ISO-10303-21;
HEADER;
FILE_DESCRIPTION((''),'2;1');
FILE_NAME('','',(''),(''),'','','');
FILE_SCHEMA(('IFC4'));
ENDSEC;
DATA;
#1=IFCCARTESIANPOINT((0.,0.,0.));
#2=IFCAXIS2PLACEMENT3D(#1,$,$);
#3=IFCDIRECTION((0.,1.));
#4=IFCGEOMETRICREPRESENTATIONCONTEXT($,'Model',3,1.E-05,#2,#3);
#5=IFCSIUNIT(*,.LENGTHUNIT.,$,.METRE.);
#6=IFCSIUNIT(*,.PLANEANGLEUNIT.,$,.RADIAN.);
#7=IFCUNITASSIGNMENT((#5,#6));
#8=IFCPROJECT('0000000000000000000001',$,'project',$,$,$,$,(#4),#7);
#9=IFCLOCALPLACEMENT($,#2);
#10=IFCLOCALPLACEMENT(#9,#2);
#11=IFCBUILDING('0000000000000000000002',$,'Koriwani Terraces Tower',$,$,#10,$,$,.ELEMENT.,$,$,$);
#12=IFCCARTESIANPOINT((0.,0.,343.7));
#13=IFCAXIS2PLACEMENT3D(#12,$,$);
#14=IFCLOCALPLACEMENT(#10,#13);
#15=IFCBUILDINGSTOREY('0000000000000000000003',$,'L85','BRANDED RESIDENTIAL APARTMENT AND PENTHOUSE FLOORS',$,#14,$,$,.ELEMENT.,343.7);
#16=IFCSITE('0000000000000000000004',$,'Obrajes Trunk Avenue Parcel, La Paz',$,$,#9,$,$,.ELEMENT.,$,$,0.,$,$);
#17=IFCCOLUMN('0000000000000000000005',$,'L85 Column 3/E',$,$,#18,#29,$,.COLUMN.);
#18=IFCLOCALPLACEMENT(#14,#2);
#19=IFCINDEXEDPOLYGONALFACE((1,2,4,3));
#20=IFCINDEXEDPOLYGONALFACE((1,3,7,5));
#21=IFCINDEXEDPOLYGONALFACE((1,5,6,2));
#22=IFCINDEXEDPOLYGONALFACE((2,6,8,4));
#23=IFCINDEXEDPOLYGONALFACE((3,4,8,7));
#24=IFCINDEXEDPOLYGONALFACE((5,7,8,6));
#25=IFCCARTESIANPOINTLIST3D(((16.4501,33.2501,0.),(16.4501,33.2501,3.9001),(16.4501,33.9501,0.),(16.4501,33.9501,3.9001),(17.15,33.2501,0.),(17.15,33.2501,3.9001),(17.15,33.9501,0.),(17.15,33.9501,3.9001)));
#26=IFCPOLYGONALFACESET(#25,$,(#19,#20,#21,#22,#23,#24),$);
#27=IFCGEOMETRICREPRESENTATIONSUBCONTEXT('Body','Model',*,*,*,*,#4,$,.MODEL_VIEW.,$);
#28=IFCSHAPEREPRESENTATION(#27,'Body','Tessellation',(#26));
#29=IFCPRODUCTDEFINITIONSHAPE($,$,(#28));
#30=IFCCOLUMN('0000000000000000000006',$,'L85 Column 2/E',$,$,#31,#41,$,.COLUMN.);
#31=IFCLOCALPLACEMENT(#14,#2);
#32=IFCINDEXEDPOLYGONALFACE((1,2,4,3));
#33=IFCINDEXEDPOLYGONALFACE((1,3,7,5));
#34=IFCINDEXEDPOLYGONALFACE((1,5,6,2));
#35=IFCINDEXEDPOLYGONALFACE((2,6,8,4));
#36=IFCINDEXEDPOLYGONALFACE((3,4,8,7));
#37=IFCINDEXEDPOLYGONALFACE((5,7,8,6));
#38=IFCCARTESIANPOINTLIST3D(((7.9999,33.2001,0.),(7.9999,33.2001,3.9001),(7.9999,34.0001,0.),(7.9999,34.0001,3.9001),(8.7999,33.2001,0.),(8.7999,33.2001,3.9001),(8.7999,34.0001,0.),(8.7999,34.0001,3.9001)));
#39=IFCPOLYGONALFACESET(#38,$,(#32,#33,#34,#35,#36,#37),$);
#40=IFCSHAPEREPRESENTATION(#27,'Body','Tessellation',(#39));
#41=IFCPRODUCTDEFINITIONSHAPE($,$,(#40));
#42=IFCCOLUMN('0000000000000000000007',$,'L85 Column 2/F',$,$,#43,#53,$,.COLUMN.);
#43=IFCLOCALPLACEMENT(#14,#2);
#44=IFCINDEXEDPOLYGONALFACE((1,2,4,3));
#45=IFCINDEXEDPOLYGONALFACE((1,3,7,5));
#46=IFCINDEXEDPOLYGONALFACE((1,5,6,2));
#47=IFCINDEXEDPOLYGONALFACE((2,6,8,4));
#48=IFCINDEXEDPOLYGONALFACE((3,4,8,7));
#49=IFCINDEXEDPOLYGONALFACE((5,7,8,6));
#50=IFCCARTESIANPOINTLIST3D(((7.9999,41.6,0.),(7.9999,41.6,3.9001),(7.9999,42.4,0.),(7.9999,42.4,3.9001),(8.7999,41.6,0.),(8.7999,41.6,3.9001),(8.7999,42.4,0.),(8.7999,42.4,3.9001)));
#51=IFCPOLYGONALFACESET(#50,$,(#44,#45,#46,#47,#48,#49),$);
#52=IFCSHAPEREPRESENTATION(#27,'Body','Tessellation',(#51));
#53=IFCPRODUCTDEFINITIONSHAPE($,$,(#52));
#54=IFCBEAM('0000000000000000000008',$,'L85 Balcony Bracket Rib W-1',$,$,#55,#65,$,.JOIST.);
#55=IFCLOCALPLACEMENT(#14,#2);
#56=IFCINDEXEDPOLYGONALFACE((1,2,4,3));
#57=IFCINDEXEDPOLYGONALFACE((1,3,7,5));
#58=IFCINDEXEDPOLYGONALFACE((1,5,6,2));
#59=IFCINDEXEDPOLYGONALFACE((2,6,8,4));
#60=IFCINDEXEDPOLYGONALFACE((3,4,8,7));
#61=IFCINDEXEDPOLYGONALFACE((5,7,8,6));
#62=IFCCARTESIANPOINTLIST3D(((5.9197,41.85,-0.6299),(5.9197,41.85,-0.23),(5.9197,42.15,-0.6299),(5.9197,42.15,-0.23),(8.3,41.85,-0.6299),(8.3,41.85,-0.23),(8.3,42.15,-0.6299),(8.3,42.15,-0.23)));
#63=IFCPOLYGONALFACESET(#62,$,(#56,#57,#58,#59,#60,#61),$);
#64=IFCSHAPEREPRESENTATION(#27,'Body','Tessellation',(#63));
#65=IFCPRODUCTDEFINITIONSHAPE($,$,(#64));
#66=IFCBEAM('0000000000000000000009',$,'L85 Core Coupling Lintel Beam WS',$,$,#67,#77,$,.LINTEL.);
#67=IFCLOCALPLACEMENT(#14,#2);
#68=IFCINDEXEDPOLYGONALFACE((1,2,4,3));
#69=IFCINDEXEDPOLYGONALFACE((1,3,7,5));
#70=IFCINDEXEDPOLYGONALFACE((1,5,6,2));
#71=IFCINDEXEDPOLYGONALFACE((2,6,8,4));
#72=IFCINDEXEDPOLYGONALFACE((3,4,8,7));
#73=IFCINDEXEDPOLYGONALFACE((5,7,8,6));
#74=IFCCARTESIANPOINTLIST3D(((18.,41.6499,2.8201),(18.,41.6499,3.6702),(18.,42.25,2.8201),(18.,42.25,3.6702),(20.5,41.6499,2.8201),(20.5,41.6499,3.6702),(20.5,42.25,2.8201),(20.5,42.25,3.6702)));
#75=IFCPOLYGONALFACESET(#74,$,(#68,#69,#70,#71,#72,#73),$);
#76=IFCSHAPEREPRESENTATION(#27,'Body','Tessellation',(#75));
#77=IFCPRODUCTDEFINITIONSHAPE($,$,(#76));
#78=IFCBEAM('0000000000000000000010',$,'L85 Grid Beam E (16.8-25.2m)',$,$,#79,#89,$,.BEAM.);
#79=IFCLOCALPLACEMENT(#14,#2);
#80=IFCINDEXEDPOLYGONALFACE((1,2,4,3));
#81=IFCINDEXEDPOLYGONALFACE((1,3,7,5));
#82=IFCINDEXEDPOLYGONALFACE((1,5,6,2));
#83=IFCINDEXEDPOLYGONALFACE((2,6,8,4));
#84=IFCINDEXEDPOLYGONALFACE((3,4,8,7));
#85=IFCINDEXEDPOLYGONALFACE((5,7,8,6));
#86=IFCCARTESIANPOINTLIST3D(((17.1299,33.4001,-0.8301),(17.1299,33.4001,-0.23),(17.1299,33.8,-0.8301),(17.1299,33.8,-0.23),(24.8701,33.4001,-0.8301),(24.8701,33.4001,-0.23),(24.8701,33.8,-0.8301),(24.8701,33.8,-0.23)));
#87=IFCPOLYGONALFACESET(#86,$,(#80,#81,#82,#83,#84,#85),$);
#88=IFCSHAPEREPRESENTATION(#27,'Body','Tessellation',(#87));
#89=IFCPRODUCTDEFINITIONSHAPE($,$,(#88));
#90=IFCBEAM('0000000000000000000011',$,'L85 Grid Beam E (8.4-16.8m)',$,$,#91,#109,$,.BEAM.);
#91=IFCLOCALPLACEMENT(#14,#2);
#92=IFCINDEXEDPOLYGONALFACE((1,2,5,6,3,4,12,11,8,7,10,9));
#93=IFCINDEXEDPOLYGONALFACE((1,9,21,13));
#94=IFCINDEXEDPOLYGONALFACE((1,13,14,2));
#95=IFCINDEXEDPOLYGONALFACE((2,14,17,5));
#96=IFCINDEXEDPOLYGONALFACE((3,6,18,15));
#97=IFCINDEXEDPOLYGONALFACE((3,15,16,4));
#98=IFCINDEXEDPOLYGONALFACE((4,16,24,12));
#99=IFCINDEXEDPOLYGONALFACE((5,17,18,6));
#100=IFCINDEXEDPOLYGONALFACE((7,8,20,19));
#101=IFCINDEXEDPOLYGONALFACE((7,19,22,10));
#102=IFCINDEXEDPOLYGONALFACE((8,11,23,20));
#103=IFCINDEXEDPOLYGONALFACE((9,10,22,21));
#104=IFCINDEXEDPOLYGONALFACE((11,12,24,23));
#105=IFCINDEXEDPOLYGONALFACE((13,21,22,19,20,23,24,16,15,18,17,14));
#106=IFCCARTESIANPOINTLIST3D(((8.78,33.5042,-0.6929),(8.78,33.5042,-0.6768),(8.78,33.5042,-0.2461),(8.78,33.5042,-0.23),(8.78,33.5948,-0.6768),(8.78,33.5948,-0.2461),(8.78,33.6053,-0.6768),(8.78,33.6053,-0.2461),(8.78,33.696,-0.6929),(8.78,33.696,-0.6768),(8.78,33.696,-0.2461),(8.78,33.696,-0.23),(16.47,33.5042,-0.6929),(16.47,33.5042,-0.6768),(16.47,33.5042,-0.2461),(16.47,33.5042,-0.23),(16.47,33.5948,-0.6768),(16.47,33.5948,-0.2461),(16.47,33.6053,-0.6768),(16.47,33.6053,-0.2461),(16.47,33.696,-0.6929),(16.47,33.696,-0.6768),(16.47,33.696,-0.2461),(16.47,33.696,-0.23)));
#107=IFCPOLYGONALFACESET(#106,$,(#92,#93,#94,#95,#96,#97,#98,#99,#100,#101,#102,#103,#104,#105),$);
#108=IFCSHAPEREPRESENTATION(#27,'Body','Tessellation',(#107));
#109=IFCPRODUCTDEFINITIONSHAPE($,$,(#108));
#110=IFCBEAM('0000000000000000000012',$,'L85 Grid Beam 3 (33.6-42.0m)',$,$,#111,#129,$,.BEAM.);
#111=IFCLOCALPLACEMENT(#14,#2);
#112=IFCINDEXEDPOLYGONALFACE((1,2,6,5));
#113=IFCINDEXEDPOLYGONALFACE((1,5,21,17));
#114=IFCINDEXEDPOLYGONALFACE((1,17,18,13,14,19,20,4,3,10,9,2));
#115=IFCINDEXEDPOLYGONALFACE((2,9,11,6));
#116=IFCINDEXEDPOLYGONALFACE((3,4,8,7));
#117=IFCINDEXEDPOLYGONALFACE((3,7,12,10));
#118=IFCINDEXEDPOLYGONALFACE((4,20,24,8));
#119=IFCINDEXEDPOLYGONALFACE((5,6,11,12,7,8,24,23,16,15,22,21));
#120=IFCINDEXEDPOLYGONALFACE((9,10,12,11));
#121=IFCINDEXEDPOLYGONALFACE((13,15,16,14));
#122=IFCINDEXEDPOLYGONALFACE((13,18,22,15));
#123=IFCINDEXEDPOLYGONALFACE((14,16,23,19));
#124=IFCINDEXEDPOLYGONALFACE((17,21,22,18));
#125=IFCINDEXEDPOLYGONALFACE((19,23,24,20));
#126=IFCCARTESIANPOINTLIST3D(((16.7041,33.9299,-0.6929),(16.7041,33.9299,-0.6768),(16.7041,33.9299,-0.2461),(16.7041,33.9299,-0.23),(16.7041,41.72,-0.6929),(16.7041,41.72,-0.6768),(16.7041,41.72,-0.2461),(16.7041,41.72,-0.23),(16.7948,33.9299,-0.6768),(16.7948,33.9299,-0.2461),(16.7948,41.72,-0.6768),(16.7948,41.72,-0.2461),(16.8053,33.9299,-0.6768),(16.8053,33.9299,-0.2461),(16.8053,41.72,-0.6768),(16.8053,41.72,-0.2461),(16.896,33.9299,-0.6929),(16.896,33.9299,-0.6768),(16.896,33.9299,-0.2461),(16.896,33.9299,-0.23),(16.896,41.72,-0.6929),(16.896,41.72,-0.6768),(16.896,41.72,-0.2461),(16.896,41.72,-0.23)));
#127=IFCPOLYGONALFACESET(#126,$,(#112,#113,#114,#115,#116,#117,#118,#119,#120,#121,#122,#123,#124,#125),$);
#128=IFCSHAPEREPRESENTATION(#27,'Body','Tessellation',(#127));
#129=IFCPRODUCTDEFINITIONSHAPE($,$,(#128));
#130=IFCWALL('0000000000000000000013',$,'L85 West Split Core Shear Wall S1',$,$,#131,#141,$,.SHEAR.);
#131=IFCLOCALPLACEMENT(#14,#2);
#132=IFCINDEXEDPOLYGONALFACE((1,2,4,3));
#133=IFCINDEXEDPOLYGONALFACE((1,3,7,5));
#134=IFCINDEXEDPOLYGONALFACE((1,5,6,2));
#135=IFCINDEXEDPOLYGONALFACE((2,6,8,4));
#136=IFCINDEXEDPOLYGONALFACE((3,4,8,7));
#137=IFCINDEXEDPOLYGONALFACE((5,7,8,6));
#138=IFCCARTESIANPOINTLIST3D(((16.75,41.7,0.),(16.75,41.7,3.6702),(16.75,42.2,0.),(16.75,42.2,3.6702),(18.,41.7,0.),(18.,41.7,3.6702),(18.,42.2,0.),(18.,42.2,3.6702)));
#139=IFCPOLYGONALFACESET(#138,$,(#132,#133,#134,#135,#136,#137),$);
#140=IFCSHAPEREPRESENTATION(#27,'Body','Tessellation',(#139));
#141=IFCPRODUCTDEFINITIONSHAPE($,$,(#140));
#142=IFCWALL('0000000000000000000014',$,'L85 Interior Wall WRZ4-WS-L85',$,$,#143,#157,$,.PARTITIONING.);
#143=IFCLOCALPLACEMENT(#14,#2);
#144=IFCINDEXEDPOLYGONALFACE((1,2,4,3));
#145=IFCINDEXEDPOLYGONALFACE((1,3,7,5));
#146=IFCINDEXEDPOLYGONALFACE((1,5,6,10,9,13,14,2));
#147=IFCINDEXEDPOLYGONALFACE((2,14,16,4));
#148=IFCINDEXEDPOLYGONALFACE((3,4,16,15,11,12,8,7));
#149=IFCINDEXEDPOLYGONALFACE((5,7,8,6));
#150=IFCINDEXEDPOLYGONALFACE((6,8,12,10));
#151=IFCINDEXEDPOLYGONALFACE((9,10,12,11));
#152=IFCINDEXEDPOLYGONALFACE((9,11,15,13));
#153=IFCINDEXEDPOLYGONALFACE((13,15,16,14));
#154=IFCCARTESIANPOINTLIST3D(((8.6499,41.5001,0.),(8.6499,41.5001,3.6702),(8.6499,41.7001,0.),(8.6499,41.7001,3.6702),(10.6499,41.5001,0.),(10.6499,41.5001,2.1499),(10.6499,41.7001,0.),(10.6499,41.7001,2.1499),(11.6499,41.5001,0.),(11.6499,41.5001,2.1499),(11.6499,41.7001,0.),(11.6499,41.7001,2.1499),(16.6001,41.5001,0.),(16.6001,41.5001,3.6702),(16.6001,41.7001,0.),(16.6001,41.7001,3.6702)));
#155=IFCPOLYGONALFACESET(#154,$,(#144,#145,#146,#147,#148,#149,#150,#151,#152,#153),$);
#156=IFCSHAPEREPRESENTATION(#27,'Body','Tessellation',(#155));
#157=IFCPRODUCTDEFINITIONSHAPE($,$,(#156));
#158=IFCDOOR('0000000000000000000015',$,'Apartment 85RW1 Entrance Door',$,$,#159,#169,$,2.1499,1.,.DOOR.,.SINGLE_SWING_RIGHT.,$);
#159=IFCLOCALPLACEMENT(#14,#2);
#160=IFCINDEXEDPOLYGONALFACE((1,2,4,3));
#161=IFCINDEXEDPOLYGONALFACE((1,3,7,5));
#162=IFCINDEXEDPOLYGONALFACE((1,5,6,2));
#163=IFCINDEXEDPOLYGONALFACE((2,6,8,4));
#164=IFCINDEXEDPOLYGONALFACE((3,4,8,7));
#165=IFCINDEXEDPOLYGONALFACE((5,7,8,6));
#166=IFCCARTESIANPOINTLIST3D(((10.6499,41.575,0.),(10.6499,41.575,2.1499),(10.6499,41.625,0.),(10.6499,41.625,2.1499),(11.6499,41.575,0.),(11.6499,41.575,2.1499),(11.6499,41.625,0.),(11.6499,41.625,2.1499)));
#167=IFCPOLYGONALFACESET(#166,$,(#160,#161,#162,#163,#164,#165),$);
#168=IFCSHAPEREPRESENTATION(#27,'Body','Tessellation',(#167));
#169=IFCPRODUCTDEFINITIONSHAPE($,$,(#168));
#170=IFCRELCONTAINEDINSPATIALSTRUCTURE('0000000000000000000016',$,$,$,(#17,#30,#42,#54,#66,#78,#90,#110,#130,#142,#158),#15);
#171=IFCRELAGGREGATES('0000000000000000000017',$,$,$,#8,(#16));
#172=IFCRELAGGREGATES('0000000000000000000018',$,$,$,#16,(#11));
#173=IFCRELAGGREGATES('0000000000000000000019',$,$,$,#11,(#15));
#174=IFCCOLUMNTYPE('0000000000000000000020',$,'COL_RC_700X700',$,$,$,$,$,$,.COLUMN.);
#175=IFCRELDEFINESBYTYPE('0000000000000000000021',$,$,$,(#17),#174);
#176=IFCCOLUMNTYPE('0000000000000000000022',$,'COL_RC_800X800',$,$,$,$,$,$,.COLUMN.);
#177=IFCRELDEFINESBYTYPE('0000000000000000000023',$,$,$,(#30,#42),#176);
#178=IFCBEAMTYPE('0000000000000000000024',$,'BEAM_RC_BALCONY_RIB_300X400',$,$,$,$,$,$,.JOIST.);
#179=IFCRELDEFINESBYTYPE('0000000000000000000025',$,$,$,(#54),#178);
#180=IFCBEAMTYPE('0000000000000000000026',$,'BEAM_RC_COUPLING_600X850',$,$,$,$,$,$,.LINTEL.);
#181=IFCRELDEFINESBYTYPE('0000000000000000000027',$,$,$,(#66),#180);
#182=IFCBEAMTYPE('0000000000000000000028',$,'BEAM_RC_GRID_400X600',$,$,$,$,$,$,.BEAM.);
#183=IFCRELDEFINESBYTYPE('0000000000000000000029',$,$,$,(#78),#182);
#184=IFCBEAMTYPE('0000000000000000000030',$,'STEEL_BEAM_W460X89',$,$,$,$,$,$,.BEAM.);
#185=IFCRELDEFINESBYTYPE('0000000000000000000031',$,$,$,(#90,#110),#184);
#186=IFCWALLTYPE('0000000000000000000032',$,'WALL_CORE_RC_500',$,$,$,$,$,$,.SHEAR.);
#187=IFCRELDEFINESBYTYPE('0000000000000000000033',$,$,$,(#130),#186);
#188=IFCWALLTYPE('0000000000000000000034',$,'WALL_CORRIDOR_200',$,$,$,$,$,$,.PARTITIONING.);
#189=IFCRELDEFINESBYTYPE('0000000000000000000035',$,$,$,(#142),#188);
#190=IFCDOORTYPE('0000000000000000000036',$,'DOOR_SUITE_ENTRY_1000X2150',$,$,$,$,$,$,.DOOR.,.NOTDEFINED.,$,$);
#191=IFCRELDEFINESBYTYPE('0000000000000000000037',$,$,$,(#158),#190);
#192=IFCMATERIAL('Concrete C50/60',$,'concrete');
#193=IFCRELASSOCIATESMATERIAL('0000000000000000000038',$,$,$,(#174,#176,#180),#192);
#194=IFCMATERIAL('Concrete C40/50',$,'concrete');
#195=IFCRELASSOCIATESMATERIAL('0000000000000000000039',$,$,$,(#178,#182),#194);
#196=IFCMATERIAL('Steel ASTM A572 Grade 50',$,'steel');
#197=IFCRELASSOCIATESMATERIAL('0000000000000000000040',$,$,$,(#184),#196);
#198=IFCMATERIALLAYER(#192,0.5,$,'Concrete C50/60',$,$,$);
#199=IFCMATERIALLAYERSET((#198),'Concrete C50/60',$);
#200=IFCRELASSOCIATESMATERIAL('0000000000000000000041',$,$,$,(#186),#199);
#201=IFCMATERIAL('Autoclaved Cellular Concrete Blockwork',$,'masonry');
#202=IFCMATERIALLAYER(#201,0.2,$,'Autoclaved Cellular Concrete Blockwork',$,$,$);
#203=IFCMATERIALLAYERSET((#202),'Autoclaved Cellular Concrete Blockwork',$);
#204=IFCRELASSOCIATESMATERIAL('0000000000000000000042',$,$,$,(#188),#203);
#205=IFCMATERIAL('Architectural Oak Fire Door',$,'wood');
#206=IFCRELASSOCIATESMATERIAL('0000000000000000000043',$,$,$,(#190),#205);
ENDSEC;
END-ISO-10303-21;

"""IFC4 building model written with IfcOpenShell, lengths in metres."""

from ifc_helpers import new_model, si_unit, direction, frame, frame_2d, origin, origin_2d, place, context, subcontext, project, spatial, rectangle, i_section, extrude, material, layer, layer_set, material_profile, profile_set, type_object, element, fill, save


model = new_model("IFC4")

# Units and contexts
model_context = context("Model", 3, precision=1e-05, world=origin(), true_north=direction((0.0, 1.0)))
body_context = subcontext(model_context, "Body", "Model", "MODEL_VIEW")
ifc_project = project(units=[si_unit("LENGTHUNIT", "METRE"), si_unit("PLANEANGLEUNIT", "RADIAN")], contexts=[model_context])

# Site, building, storey
site_placement = place(None, origin())
site = spatial("IfcSite", under=ifc_project, at=site_placement, Name="Obrajes Trunk Avenue Parcel, La Paz", CompositionType="ELEMENT", RefElevation=0.0)
building_placement = place(site_placement, origin())
building = spatial("IfcBuilding", under=site, at=building_placement, Name="Koriwani Terraces Tower", CompositionType="ELEMENT")
storey_placement = place(building_placement, frame((0.0, 0.0, 343.7)))
storey = spatial("IfcBuildingStorey", under=building, at=storey_placement, Name="L85", Description="BRANDED RESIDENTIAL APARTMENT AND PENTHOUSE FLOORS", CompositionType="ELEMENT", Elevation=343.7)

# Columns
ifc_material_1 = material(Name="Concrete C50/60", Category="concrete")
ifc_material_profile_1 = material_profile(ifc_material_1, rectangle(XDim=0.7, YDim=0.7, at=origin_2d()), Name="Concrete C50/60", Category="LoadBearing")
ifc_profile_set_1 = profile_set([ifc_material_profile_1], Name="Concrete C50/60")
column_type_1 = type_object("IfcColumnType", Name="COL_RC_700X700", PredefinedType="COLUMN", material=ifc_profile_set_1)
column_placement = place(storey_placement, frame((16.8, 33.6001, 0.0), z_axis=(0.0, 0.0, 1.0), x_axis=(1.0, 0.0, 0.0)))
element("IfcColumn", 1, at=column_placement, inside=storey, type_object=column_type_1, Name="L85 Column 3/E", PredefinedType="COLUMN", context=body_context, shape_type="SweptSolid", body=[
    extrude(rectangle(XDim=0.7, YDim=0.7, at=origin_2d()), origin(), (0.0, 0.0, 1.0), 3.9001),
])
ifc_material_profile_2 = material_profile(ifc_material_1, rectangle(XDim=0.8, YDim=0.8, at=origin_2d()), Name="Concrete C50/60", Category="LoadBearing")
ifc_profile_set_2 = profile_set([ifc_material_profile_2], Name="Concrete C50/60")
column_type_2 = type_object("IfcColumnType", Name="COL_RC_800X800", PredefinedType="COLUMN", material=ifc_profile_set_2)
for number, where, z_axis, x_axis, name in (
    (2, (8.3999, 33.6001, 0.0), (0.0, 0.0, 1.0), (1.0, 0.0, 0.0), "L85 Column 2/E"),
    (3, (8.3999, 42.0, 0.0), (0.0, 0.0, 1.0), (1.0, 0.0, 0.0), "L85 Column 2/F"),
):
    element("IfcColumn", number, at=place(storey_placement, frame(where, z_axis=z_axis, x_axis=x_axis)), inside=storey, type_object=column_type_2, Name=name, PredefinedType="COLUMN", context=body_context, shape_type="SweptSolid", body=[
        extrude(rectangle(XDim=0.8, YDim=0.8, at=origin_2d()), origin(), (0.0, 0.0, 1.0), 3.9001),
    ])

# Beams
ifc_material_2 = material(Name="Concrete C40/50", Category="concrete")
ifc_material_profile_3 = material_profile(ifc_material_2, rectangle(XDim=0.3, YDim=0.3999, at=origin_2d()), Name="Concrete C40/50", Category="LoadBearing")
ifc_profile_set_3 = profile_set([ifc_material_profile_3], Name="Concrete C40/50")
beam_type_1 = type_object("IfcBeamType", Name="BEAM_RC_BALCONY_RIB_300X400", PredefinedType="JOIST", material=ifc_profile_set_3)
beam_1_placement = place(storey_placement, frame((5.9197, 42.0, -0.4299), z_axis=(1.0, 0.0, 0.0), x_axis=(0.0, 1.0, 0.0)))
element("IfcBeam", 4, at=beam_1_placement, inside=storey, type_object=beam_type_1, Name="L85 Balcony Bracket Rib W-1", PredefinedType="JOIST", context=body_context, shape_type="SweptSolid", body=[
    extrude(rectangle(XDim=0.3, YDim=0.3999, at=origin_2d()), origin(), (0.0, 0.0, 1.0), 2.3804),
])
ifc_material_profile_4 = material_profile(ifc_material_1, rectangle(XDim=0.6001, YDim=0.8501, at=origin_2d()), Name="Concrete C50/60", Category="LoadBearing")
ifc_profile_set_4 = profile_set([ifc_material_profile_4], Name="Concrete C50/60")
beam_type_2 = type_object("IfcBeamType", Name="BEAM_RC_COUPLING_600X850", PredefinedType="LINTEL", material=ifc_profile_set_4)
beam_2_placement = place(storey_placement, frame((18.0, 41.95, 3.2451), z_axis=(1.0, 0.0, 0.0), x_axis=(0.0, 1.0, 0.0)))
element("IfcBeam", 5, at=beam_2_placement, inside=storey, type_object=beam_type_2, Name="L85 Core Coupling Lintel Beam WS", PredefinedType="LINTEL", context=body_context, shape_type="SweptSolid", body=[
    extrude(rectangle(XDim=0.6001, YDim=0.8501, at=origin_2d()), origin(), (0.0, 0.0, 1.0), 2.5),
])
ifc_material_profile_5 = material_profile(ifc_material_2, rectangle(XDim=0.3999, YDim=0.6001, at=origin_2d()), Name="Concrete C40/50", Category="LoadBearing")
ifc_profile_set_5 = profile_set([ifc_material_profile_5], Name="Concrete C40/50")
beam_type_3 = type_object("IfcBeamType", Name="BEAM_RC_GRID_400X600", PredefinedType="BEAM", material=ifc_profile_set_5)
beam_3_placement = place(storey_placement, frame((17.1299, 33.6001, -0.53), z_axis=(1.0, 0.0, 0.0), x_axis=(0.0, 1.0, 0.0)))
element("IfcBeam", 6, at=beam_3_placement, inside=storey, type_object=beam_type_3, Name="L85 Grid Beam E (16.8-25.2m)", PredefinedType="BEAM", context=body_context, shape_type="SweptSolid", body=[
    extrude(rectangle(XDim=0.3999, YDim=0.6001, at=origin_2d()), origin(), (0.0, 0.0, 1.0), 7.7402),
])
ifc_material_3 = material(Name="Steel ASTM A572 Grade 50", Category="steel")
ifc_material_profile_6 = material_profile(ifc_material_3, i_section(OverallWidth=0.1919, OverallDepth=0.4629, WebThickness=0.0105, FlangeThickness=0.0161, at=origin_2d()), Name="Steel ASTM A572 Grade 50", Category="LoadBearing")
ifc_profile_set_6 = profile_set([ifc_material_profile_6], Name="Steel ASTM A572 Grade 50")
beam_type_4 = type_object("IfcBeamType", Name="STEEL_BEAM_W460X89", PredefinedType="BEAM", material=ifc_profile_set_6)
beam_4_placement = place(storey_placement, frame((8.78, 33.6001, -0.4614), z_axis=(1.0, 0.0, 0.0), x_axis=(0.0, 1.0, 0.0)))
element("IfcBeam", 7, at=beam_4_placement, inside=storey, type_object=beam_type_4, Name="L85 Grid Beam E (8.4-16.8m)", PredefinedType="BEAM", context=body_context, shape_type="SweptSolid", body=[
    extrude(i_section(OverallWidth=0.1919, OverallDepth=0.4629, WebThickness=0.0105, FlangeThickness=0.0161, at=origin_2d()), origin(), (0.0, 0.0, 1.0), 7.6899),
])
beam_5_placement = place(storey_placement, frame((16.8, 33.9299, -0.4614), z_axis=(0.0, 1.0, 0.0), x_axis=(-1.0, 0.0, 0.0)))
element("IfcBeam", 8, at=beam_5_placement, inside=storey, type_object=beam_type_4, Name="L85 Grid Beam 3 (33.6-42.0m)", PredefinedType="BEAM", context=body_context, shape_type="SweptSolid", body=[
    extrude(i_section(OverallWidth=0.1919, OverallDepth=0.4629, WebThickness=0.0105, FlangeThickness=0.0161, at=origin_2d()), origin(), (0.0, 0.0, 1.0), 7.79),
])

# Wall
ifc_layer_1 = layer(ifc_material_1, 0.5, Name="Concrete C50/60")
ifc_layer_set_1 = layer_set([ifc_layer_1], Name="Concrete C50/60")
wall_type_1 = type_object("IfcWallType", Name="WALL_CORE_RC_500", PredefinedType="SHEAR", material=ifc_layer_set_1)
wall_1_placement = place(storey_placement, frame((16.75, 41.95, 0.0), z_axis=(0.0, 0.0, 1.0), x_axis=(1.0, 0.0, 0.0)))
element("IfcWall", 9, at=wall_1_placement, inside=storey, type_object=wall_type_1, Name="L85 West Split Core Shear Wall S1", PredefinedType="SHEAR", context=body_context, shape_type="SweptSolid", body=[
    extrude(rectangle(XDim=1.25, YDim=0.5, at=frame_2d((0.625, 0.0))), origin(), (0.0, 0.0, 1.0), 3.6702),
])

# Wall, opening, door
ifc_material_4 = material(Name="Autoclaved Cellular Concrete Blockwork", Category="masonry")
ifc_layer_2 = layer(ifc_material_4, 0.2, Name="Autoclaved Cellular Concrete Blockwork")
ifc_layer_set_2 = layer_set([ifc_layer_2], Name="Autoclaved Cellular Concrete Blockwork")
wall_type_2 = type_object("IfcWallType", Name="WALL_CORRIDOR_200", PredefinedType="PARTITIONING", material=ifc_layer_set_2)
wall_2_placement = place(storey_placement, frame((8.6499, 41.6001, 0.0), z_axis=(0.0, 0.0, 1.0), x_axis=(1.0, 0.0, 0.0)))
wall_2 = element("IfcWall", 10, at=wall_2_placement, inside=storey, type_object=wall_type_2, Name="L85 Interior Wall WRZ4-WS-L85", PredefinedType="PARTITIONING", context=body_context, shape_type="SweptSolid", body=[
    extrude(rectangle(XDim=7.9502, YDim=0.2, at=frame_2d((3.9751, 0.0))), origin(), (0.0, 0.0, 1.0), 3.6702),
])
opening_1_placement = place(wall_2_placement, frame((2.0, 0.0, 0.0)))
opening_1 = element("IfcOpeningElement", 11, at=opening_1_placement, cuts=wall_2, PredefinedType="OPENING", context=body_context, shape_type="SweptSolid", body=[
    extrude(rectangle(XDim=1.0, YDim=2.1499, at=frame_2d((0.5, 1.075))), frame((0.0, 0.1099, 0.0), z_axis=(0.0, -1.0, 0.0), x_axis=(1.0, 0.0, 0.0)), (0.0, 0.0, 1.0), 0.22),
])
ifc_material_5 = material(Name="Architectural Oak Fire Door", Category="wood")
door_type_1 = type_object("IfcDoorType", Name="DOOR_SUITE_ENTRY_1000X2150", OperationType="NOTDEFINED", PredefinedType="DOOR", material=ifc_material_5)
door_1_placement = place(opening_1_placement, origin())
door_1 = element("IfcDoor", 12, at=door_1_placement, inside=storey, type_object=door_type_1, Name="Apartment 85RW1 Entrance Door", OperationType="SINGLE_SWING_RIGHT", OverallHeight=2.1499, OverallWidth=1.0, PredefinedType="DOOR", context=body_context, shape_type="SweptSolid", body=[
    extrude(rectangle(XDim=1.0, YDim=2.1499, at=frame_2d((0.5, 1.075))), frame((0.0, 0.0249, 0.0), z_axis=(0.0, -1.0, 0.0), x_axis=(1.0, 0.0, 0.0)), (0.0, 0.0, 1.0), 0.05),
])
fill(opening_1, door_1)

save(model, "model.ifc")
